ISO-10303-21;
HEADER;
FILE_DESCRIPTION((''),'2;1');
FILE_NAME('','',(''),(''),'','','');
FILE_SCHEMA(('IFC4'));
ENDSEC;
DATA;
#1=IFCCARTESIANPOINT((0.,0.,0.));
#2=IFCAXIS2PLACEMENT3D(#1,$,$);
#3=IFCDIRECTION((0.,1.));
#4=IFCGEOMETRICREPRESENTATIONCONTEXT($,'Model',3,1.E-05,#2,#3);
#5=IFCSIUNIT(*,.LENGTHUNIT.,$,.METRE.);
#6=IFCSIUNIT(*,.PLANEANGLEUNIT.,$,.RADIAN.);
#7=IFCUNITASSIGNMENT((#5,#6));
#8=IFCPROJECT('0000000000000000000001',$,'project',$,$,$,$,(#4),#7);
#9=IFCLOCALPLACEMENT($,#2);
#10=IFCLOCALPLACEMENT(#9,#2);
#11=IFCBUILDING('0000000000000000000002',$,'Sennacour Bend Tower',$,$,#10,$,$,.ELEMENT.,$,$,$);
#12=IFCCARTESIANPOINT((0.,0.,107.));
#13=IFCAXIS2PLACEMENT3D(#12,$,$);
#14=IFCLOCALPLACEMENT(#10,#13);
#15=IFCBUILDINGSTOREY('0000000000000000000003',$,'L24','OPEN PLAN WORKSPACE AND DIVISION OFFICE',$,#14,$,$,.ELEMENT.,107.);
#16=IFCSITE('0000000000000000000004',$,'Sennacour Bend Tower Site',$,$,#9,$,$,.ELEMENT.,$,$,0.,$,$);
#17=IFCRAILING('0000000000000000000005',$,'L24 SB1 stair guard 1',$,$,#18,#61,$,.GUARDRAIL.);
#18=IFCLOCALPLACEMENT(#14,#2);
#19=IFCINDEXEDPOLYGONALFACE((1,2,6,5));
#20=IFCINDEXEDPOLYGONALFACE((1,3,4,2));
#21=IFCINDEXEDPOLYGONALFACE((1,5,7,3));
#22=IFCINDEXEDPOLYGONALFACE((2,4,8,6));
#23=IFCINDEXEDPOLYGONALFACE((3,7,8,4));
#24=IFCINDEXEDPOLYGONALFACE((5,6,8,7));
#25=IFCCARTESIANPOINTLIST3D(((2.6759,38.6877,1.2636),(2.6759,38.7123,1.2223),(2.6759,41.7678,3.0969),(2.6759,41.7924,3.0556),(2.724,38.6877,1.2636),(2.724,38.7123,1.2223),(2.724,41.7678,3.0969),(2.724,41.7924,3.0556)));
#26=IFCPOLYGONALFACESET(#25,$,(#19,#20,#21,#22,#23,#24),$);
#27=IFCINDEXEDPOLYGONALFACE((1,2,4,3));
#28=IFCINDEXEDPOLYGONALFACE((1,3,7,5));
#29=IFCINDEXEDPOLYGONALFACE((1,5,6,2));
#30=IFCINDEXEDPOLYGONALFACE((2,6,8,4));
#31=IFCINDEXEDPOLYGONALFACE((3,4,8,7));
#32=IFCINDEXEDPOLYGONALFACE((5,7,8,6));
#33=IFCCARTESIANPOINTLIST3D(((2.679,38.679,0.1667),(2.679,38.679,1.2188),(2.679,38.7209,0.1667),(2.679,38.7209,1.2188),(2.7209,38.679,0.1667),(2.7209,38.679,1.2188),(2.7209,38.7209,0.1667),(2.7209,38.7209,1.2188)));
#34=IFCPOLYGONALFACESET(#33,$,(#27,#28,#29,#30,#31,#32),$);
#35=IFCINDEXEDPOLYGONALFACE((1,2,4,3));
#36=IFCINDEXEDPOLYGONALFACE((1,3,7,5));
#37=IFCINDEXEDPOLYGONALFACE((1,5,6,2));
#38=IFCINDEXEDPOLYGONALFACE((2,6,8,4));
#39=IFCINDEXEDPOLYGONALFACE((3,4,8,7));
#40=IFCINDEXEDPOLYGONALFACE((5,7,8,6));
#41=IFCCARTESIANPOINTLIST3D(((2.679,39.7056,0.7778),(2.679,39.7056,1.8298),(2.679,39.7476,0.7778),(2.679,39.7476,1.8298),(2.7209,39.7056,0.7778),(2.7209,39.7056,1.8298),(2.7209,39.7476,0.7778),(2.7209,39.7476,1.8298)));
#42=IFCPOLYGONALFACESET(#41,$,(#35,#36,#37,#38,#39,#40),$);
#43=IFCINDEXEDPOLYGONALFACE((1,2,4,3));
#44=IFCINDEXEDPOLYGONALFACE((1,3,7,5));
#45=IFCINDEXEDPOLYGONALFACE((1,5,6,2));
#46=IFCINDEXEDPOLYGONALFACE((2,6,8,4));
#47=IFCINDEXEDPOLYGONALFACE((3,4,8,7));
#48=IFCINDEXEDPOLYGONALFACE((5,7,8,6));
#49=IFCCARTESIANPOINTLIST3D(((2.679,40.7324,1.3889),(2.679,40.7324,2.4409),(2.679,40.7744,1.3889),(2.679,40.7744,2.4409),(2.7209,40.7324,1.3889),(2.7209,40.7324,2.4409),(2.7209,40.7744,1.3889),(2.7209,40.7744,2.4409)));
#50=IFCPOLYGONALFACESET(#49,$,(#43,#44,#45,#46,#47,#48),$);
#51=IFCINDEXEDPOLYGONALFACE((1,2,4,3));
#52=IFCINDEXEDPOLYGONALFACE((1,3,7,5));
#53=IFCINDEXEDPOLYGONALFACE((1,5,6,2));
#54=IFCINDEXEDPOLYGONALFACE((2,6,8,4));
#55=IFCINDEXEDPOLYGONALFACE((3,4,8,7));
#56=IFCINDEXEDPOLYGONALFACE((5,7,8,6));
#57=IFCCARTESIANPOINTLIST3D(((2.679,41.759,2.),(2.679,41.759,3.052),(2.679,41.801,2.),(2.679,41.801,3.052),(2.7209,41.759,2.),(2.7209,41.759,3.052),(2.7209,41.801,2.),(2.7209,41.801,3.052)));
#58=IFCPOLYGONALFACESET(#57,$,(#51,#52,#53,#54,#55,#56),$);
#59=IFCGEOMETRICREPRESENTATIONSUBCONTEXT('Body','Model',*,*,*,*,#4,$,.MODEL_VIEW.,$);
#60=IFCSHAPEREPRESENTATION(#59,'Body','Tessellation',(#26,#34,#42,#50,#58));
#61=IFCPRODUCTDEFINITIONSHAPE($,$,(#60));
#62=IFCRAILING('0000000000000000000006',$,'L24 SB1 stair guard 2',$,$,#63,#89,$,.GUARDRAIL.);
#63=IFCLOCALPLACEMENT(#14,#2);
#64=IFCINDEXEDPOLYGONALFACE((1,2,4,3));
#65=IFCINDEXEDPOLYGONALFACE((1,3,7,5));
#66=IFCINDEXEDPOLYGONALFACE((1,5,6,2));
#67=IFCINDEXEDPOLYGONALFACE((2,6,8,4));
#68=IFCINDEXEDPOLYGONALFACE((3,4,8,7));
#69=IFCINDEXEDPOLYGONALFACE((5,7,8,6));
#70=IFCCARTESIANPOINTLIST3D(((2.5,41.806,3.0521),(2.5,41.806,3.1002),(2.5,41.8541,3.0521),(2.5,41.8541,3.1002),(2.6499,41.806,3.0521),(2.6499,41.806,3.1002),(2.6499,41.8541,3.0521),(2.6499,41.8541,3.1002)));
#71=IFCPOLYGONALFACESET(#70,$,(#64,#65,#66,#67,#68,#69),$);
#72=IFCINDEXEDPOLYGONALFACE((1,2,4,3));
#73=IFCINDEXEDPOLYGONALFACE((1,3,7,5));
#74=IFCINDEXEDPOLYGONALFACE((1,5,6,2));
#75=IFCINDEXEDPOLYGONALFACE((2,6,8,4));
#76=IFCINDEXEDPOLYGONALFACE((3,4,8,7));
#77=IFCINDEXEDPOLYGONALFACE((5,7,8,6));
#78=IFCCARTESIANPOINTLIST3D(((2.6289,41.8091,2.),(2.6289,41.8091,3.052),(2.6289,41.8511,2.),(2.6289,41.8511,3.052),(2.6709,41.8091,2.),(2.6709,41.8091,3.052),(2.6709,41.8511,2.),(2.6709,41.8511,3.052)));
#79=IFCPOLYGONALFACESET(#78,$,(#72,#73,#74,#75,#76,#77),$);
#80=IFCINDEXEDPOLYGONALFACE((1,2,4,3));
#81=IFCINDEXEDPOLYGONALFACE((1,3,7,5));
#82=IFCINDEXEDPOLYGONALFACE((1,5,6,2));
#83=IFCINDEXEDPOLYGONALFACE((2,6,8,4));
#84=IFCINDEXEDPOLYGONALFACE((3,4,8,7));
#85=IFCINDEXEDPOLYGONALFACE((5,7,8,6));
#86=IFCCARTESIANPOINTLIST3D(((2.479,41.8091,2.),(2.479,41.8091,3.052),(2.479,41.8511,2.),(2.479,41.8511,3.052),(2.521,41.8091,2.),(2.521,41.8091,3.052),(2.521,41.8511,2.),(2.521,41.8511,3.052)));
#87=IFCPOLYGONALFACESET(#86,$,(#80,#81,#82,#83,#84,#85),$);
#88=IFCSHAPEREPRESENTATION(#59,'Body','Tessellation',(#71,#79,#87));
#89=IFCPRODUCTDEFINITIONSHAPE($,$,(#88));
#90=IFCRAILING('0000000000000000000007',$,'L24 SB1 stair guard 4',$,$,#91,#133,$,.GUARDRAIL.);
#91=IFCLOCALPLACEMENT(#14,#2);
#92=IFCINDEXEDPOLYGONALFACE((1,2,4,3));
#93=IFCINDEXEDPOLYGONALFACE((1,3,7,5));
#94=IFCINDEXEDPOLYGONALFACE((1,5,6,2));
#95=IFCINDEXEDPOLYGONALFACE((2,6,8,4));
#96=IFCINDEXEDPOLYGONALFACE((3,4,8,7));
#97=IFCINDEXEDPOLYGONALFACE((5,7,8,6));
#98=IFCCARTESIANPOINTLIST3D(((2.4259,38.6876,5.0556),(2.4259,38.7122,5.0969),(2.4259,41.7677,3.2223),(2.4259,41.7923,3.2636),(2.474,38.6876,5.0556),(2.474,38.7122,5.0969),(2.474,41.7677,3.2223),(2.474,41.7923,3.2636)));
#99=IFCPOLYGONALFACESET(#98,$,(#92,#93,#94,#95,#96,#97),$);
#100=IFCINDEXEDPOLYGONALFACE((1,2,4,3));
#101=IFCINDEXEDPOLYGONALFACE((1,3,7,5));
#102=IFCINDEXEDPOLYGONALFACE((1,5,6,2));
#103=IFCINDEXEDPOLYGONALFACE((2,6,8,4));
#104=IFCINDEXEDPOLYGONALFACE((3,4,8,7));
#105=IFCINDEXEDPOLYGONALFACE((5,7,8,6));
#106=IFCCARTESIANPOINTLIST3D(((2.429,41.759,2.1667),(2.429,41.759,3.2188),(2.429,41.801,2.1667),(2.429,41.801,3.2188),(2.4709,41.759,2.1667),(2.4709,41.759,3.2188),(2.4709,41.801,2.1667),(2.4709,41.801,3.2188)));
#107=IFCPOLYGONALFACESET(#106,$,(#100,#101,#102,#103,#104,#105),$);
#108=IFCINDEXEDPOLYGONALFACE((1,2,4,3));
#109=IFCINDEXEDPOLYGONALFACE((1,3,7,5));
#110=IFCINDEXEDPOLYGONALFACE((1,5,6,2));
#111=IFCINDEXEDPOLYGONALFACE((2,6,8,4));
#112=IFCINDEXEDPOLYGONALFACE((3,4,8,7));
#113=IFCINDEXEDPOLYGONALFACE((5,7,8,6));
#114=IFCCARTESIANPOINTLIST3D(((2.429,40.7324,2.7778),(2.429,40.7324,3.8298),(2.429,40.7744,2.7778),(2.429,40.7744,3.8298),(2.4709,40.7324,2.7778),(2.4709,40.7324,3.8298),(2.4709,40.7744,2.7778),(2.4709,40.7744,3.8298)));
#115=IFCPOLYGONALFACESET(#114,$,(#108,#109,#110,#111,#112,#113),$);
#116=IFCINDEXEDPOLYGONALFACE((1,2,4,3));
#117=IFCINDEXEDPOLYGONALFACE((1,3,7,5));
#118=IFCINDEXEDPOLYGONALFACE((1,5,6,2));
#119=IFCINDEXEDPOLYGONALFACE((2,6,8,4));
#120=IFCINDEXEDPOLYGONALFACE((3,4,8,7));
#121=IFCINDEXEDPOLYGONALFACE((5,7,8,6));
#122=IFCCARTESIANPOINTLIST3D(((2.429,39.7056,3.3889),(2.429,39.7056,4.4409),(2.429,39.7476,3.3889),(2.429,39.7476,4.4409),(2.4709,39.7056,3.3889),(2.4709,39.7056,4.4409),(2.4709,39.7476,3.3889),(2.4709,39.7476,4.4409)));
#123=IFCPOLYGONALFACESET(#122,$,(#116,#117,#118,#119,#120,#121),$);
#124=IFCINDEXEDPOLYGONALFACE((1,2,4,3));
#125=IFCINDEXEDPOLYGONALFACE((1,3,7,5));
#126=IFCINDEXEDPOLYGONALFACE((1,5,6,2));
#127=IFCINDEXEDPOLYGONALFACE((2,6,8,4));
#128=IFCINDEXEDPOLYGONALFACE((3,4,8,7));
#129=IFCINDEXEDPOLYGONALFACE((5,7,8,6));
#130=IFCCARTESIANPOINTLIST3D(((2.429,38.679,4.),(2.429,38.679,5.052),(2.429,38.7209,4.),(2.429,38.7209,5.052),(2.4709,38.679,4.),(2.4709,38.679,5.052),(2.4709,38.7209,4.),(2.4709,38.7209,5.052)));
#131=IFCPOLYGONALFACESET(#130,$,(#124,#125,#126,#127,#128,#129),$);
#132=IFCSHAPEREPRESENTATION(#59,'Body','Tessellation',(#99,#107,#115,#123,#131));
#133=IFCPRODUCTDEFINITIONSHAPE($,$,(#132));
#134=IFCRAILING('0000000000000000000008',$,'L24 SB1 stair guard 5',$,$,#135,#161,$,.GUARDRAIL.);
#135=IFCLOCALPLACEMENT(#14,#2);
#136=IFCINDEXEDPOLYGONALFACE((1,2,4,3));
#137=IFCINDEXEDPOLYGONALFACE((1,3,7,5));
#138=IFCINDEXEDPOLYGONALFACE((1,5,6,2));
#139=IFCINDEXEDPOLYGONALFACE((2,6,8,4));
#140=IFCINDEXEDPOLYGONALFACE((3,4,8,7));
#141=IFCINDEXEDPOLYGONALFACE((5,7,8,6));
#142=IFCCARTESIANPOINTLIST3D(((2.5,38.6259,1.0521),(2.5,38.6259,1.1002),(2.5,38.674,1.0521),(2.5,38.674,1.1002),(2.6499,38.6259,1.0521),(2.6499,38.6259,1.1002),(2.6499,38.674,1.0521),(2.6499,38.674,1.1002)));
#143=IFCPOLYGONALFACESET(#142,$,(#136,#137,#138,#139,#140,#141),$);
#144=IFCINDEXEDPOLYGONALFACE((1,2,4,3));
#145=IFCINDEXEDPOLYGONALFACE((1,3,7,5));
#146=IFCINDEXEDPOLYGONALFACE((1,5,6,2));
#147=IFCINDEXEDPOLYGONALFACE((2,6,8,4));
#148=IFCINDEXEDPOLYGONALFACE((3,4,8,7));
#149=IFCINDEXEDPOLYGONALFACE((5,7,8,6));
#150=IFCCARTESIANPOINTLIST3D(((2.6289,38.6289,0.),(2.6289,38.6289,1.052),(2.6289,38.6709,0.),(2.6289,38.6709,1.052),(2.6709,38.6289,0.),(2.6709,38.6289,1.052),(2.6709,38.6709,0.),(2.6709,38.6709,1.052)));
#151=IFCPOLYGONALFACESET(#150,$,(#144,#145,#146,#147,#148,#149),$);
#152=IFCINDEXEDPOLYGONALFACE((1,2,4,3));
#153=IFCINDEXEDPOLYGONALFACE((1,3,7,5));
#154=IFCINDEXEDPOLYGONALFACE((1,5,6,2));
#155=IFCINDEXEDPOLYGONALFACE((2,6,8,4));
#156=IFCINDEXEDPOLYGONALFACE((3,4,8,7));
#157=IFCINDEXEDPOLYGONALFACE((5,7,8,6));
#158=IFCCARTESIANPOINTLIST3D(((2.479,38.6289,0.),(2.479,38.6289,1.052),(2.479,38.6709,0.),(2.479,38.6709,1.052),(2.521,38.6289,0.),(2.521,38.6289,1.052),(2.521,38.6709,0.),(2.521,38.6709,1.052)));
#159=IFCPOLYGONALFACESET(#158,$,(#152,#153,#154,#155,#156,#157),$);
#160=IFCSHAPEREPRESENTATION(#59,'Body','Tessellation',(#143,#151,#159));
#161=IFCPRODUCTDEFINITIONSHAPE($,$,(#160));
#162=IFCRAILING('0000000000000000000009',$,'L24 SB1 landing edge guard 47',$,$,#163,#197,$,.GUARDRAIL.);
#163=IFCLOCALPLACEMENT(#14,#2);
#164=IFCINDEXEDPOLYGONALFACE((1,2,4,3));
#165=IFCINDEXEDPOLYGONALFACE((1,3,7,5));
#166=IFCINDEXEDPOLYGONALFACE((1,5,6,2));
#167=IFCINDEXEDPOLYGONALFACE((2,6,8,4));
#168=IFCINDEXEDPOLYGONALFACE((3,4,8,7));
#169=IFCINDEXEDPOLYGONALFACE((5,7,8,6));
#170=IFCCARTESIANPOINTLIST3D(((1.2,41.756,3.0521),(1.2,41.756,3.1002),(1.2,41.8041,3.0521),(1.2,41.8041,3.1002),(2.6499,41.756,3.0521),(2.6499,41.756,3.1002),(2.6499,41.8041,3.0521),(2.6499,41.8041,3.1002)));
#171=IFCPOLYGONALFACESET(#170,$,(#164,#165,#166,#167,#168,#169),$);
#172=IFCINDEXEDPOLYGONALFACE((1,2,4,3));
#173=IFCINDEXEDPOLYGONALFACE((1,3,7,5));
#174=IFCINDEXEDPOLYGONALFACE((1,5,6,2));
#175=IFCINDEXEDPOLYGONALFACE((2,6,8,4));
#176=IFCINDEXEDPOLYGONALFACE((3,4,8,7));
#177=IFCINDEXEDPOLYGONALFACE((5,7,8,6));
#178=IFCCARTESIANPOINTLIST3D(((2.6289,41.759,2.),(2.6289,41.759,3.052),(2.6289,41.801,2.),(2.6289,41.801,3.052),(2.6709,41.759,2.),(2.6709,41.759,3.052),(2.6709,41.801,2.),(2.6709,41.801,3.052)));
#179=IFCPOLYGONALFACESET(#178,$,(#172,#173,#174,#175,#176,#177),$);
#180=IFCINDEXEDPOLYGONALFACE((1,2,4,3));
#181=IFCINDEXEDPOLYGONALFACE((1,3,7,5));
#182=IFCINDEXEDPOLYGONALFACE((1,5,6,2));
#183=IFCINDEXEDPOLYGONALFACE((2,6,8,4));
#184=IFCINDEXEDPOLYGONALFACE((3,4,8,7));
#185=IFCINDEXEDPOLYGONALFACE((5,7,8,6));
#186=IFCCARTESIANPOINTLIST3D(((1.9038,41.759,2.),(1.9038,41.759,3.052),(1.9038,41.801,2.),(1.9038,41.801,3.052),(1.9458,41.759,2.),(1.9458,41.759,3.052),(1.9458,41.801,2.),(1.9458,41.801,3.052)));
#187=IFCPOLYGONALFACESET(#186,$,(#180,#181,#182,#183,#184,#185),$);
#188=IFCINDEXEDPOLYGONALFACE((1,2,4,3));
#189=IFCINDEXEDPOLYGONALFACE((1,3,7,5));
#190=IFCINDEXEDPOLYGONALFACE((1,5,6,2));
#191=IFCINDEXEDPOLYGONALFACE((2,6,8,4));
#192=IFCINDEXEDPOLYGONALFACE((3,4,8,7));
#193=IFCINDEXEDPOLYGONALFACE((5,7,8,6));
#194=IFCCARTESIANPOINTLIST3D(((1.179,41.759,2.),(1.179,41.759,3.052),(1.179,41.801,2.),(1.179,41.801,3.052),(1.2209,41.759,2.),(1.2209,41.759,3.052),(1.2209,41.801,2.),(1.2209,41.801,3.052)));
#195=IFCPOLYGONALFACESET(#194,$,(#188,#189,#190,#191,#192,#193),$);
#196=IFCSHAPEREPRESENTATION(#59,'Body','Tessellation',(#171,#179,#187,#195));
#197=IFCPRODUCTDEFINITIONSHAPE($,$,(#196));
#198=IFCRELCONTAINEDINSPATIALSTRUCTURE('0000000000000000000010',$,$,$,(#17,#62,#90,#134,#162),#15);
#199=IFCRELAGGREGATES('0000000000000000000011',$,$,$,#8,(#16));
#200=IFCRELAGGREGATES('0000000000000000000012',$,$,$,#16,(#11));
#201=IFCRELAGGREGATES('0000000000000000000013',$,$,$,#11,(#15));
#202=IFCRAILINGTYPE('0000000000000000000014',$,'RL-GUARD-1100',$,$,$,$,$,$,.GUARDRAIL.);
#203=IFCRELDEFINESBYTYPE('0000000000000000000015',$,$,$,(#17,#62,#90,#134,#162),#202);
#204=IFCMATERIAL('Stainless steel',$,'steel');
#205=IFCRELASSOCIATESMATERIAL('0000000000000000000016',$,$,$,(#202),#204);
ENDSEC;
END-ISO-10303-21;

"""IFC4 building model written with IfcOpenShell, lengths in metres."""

from ifc_helpers import new_model, si_unit, direction, frame, origin, origin_2d, place, context, subcontext, project, spatial, rectangle, extrude, material, type_object, element, save


model = new_model("IFC4")

# Units and contexts
model_context = context("Model", 3, precision=1e-05, world=origin(), true_north=direction((0.0, 1.0)))
body_context = subcontext(model_context, "Body", "Model", "MODEL_VIEW")
ifc_project = project(units=[si_unit("LENGTHUNIT", "METRE"), si_unit("PLANEANGLEUNIT", "RADIAN")], contexts=[model_context])

# Site, building, storey
site_placement = place(None, origin())
site = spatial("IfcSite", under=ifc_project, at=site_placement, Name="Sennacour Bend Tower Site", CompositionType="ELEMENT", RefElevation=0.0)
building_placement = place(site_placement, origin())
building = spatial("IfcBuilding", under=site, at=building_placement, Name="Sennacour Bend Tower", CompositionType="ELEMENT")
storey_placement = place(building_placement, frame((0.0, 0.0, 107.0)))
storey = spatial("IfcBuildingStorey", under=building, at=storey_placement, Name="L24", Description="OPEN PLAN WORKSPACE AND DIVISION OFFICE", CompositionType="ELEMENT", Elevation=107.0)

# Shared definitions
ifc_material_1 = material(Name="Stainless steel", Category="steel")

# Railings
railing_type_1 = type_object("IfcRailingType", Name="RL-GUARD-1100", PredefinedType="GUARDRAIL", material=ifc_material_1)
railing_1_placement = place(storey_placement, frame((2.7, 38.7, 0.1667)))
element("IfcRailing", 1, at=railing_1_placement, inside=storey, type_object=railing_type_1, Name="L24 SB1 stair guard 1", PredefinedType="GUARDRAIL", context=body_context, shape_type="SweptSolid", body=[
    extrude(rectangle(XDim=0.0481, YDim=0.0481, at=origin_2d()), frame((0.0, 0.0, 1.0762), z_axis=(0.0, 0.859309, 0.511458), x_axis=(-1.0, 0.0, 0.0)), (0.0, 0.0, 1.0), 3.5845),
    extrude(rectangle(XDim=0.042, YDim=0.042, at=origin_2d()), origin(), (0.0, 0.0, 1.0), 1.052),
    extrude(rectangle(XDim=0.042, YDim=0.042, at=origin_2d()), frame((0.0, 1.0266, 0.6111)), (0.0, 0.0, 1.0), 1.052),
    extrude(rectangle(XDim=0.042, YDim=0.042, at=origin_2d()), frame((0.0, 2.0535, 1.2222)), (0.0, 0.0, 1.0), 1.052),
    extrude(rectangle(XDim=0.042, YDim=0.042, at=origin_2d()), frame((0.0, 3.0801, 1.8333)), (0.0, 0.0, 1.0), 1.052),
])
railing_2_placement = place(storey_placement, frame((2.6499, 41.8301, 2.0)))
element("IfcRailing", 2, at=railing_2_placement, inside=storey, type_object=railing_type_1, Name="L24 SB1 stair guard 2", PredefinedType="GUARDRAIL", context=body_context, shape_type="SweptSolid", body=[
    extrude(rectangle(XDim=0.0481, YDim=0.0481, at=origin_2d()), frame((0.0, 0.0, 1.0762), z_axis=(-1.0, 0.0, 0.0), x_axis=(0.0, -1.0, 0.0)), (0.0, 0.0, 1.0), 0.1499),
    extrude(rectangle(XDim=0.042, YDim=0.042, at=origin_2d()), origin(), (0.0, 0.0, 1.0), 1.052),
    extrude(rectangle(XDim=0.042, YDim=0.042, at=origin_2d()), frame((-0.1499, 0.0, 0.0)), (0.0, 0.0, 1.0), 1.052),
])
railing_3_placement = place(storey_placement, frame((2.45, 41.78, 2.1667)))
element("IfcRailing", 3, at=railing_3_placement, inside=storey, type_object=railing_type_1, Name="L24 SB1 stair guard 4", PredefinedType="GUARDRAIL", context=body_context, shape_type="SweptSolid", body=[
    extrude(rectangle(XDim=0.0481, YDim=0.0481, at=origin_2d()), frame((0.0, 0.0, 1.0762), z_axis=(0.0, -0.859309, 0.511458), x_axis=(1.0, 0.0, 0.0)), (0.0, 0.0, 1.0), 3.5845),
    extrude(rectangle(XDim=0.042, YDim=0.042, at=origin_2d()), origin(), (0.0, 0.0, 1.0), 1.052),
    extrude(rectangle(XDim=0.042, YDim=0.042, at=origin_2d()), frame((0.0, -1.0266, 0.6111)), (0.0, 0.0, 1.0), 1.052),
    extrude(rectangle(XDim=0.042, YDim=0.042, at=origin_2d()), frame((0.0, -2.0535, 1.2222)), (0.0, 0.0, 1.0), 1.052),
    extrude(rectangle(XDim=0.042, YDim=0.042, at=origin_2d()), frame((0.0, -3.0801, 1.8333)), (0.0, 0.0, 1.0), 1.052),
])
railing_4_placement = place(storey_placement, frame((2.6499, 38.6499, 0.0)))
element("IfcRailing", 4, at=railing_4_placement, inside=storey, type_object=railing_type_1, Name="L24 SB1 stair guard 5", PredefinedType="GUARDRAIL", context=body_context, shape_type="SweptSolid", body=[
    extrude(rectangle(XDim=0.0481, YDim=0.0481, at=origin_2d()), frame((0.0, 0.0, 1.0762), z_axis=(-1.0, 0.0, 0.0), x_axis=(0.0, -1.0, 0.0)), (0.0, 0.0, 1.0), 0.1499),
    extrude(rectangle(XDim=0.042, YDim=0.042, at=origin_2d()), origin(), (0.0, 0.0, 1.0), 1.052),
    extrude(rectangle(XDim=0.042, YDim=0.042, at=origin_2d()), frame((-0.1499, 0.0, 0.0)), (0.0, 0.0, 1.0), 1.052),
])
railing_5_placement = place(storey_placement, frame((2.6499, 41.78, 2.0)))
element("IfcRailing", 5, at=railing_5_placement, inside=storey, type_object=railing_type_1, Name="L24 SB1 landing edge guard 47", PredefinedType="GUARDRAIL", context=body_context, shape_type="SweptSolid", body=[
    extrude(rectangle(XDim=0.0481, YDim=0.0481, at=origin_2d()), frame((0.0, 0.0, 1.0762), z_axis=(-1.0, 0.0, 0.0), x_axis=(0.0, -1.0, 0.0)), (0.0, 0.0, 1.0), 1.45),
    extrude(rectangle(XDim=0.042, YDim=0.042, at=origin_2d()), origin(), (0.0, 0.0, 1.0), 1.052),
    extrude(rectangle(XDim=0.042, YDim=0.042, at=origin_2d()), frame((-0.7251, 0.0, 0.0)), (0.0, 0.0, 1.0), 1.052),
    extrude(rectangle(XDim=0.042, YDim=0.042, at=origin_2d()), frame((-1.45, 0.0, 0.0)), (0.0, 0.0, 1.0), 1.052),
])

save(model, "model.ifc")
